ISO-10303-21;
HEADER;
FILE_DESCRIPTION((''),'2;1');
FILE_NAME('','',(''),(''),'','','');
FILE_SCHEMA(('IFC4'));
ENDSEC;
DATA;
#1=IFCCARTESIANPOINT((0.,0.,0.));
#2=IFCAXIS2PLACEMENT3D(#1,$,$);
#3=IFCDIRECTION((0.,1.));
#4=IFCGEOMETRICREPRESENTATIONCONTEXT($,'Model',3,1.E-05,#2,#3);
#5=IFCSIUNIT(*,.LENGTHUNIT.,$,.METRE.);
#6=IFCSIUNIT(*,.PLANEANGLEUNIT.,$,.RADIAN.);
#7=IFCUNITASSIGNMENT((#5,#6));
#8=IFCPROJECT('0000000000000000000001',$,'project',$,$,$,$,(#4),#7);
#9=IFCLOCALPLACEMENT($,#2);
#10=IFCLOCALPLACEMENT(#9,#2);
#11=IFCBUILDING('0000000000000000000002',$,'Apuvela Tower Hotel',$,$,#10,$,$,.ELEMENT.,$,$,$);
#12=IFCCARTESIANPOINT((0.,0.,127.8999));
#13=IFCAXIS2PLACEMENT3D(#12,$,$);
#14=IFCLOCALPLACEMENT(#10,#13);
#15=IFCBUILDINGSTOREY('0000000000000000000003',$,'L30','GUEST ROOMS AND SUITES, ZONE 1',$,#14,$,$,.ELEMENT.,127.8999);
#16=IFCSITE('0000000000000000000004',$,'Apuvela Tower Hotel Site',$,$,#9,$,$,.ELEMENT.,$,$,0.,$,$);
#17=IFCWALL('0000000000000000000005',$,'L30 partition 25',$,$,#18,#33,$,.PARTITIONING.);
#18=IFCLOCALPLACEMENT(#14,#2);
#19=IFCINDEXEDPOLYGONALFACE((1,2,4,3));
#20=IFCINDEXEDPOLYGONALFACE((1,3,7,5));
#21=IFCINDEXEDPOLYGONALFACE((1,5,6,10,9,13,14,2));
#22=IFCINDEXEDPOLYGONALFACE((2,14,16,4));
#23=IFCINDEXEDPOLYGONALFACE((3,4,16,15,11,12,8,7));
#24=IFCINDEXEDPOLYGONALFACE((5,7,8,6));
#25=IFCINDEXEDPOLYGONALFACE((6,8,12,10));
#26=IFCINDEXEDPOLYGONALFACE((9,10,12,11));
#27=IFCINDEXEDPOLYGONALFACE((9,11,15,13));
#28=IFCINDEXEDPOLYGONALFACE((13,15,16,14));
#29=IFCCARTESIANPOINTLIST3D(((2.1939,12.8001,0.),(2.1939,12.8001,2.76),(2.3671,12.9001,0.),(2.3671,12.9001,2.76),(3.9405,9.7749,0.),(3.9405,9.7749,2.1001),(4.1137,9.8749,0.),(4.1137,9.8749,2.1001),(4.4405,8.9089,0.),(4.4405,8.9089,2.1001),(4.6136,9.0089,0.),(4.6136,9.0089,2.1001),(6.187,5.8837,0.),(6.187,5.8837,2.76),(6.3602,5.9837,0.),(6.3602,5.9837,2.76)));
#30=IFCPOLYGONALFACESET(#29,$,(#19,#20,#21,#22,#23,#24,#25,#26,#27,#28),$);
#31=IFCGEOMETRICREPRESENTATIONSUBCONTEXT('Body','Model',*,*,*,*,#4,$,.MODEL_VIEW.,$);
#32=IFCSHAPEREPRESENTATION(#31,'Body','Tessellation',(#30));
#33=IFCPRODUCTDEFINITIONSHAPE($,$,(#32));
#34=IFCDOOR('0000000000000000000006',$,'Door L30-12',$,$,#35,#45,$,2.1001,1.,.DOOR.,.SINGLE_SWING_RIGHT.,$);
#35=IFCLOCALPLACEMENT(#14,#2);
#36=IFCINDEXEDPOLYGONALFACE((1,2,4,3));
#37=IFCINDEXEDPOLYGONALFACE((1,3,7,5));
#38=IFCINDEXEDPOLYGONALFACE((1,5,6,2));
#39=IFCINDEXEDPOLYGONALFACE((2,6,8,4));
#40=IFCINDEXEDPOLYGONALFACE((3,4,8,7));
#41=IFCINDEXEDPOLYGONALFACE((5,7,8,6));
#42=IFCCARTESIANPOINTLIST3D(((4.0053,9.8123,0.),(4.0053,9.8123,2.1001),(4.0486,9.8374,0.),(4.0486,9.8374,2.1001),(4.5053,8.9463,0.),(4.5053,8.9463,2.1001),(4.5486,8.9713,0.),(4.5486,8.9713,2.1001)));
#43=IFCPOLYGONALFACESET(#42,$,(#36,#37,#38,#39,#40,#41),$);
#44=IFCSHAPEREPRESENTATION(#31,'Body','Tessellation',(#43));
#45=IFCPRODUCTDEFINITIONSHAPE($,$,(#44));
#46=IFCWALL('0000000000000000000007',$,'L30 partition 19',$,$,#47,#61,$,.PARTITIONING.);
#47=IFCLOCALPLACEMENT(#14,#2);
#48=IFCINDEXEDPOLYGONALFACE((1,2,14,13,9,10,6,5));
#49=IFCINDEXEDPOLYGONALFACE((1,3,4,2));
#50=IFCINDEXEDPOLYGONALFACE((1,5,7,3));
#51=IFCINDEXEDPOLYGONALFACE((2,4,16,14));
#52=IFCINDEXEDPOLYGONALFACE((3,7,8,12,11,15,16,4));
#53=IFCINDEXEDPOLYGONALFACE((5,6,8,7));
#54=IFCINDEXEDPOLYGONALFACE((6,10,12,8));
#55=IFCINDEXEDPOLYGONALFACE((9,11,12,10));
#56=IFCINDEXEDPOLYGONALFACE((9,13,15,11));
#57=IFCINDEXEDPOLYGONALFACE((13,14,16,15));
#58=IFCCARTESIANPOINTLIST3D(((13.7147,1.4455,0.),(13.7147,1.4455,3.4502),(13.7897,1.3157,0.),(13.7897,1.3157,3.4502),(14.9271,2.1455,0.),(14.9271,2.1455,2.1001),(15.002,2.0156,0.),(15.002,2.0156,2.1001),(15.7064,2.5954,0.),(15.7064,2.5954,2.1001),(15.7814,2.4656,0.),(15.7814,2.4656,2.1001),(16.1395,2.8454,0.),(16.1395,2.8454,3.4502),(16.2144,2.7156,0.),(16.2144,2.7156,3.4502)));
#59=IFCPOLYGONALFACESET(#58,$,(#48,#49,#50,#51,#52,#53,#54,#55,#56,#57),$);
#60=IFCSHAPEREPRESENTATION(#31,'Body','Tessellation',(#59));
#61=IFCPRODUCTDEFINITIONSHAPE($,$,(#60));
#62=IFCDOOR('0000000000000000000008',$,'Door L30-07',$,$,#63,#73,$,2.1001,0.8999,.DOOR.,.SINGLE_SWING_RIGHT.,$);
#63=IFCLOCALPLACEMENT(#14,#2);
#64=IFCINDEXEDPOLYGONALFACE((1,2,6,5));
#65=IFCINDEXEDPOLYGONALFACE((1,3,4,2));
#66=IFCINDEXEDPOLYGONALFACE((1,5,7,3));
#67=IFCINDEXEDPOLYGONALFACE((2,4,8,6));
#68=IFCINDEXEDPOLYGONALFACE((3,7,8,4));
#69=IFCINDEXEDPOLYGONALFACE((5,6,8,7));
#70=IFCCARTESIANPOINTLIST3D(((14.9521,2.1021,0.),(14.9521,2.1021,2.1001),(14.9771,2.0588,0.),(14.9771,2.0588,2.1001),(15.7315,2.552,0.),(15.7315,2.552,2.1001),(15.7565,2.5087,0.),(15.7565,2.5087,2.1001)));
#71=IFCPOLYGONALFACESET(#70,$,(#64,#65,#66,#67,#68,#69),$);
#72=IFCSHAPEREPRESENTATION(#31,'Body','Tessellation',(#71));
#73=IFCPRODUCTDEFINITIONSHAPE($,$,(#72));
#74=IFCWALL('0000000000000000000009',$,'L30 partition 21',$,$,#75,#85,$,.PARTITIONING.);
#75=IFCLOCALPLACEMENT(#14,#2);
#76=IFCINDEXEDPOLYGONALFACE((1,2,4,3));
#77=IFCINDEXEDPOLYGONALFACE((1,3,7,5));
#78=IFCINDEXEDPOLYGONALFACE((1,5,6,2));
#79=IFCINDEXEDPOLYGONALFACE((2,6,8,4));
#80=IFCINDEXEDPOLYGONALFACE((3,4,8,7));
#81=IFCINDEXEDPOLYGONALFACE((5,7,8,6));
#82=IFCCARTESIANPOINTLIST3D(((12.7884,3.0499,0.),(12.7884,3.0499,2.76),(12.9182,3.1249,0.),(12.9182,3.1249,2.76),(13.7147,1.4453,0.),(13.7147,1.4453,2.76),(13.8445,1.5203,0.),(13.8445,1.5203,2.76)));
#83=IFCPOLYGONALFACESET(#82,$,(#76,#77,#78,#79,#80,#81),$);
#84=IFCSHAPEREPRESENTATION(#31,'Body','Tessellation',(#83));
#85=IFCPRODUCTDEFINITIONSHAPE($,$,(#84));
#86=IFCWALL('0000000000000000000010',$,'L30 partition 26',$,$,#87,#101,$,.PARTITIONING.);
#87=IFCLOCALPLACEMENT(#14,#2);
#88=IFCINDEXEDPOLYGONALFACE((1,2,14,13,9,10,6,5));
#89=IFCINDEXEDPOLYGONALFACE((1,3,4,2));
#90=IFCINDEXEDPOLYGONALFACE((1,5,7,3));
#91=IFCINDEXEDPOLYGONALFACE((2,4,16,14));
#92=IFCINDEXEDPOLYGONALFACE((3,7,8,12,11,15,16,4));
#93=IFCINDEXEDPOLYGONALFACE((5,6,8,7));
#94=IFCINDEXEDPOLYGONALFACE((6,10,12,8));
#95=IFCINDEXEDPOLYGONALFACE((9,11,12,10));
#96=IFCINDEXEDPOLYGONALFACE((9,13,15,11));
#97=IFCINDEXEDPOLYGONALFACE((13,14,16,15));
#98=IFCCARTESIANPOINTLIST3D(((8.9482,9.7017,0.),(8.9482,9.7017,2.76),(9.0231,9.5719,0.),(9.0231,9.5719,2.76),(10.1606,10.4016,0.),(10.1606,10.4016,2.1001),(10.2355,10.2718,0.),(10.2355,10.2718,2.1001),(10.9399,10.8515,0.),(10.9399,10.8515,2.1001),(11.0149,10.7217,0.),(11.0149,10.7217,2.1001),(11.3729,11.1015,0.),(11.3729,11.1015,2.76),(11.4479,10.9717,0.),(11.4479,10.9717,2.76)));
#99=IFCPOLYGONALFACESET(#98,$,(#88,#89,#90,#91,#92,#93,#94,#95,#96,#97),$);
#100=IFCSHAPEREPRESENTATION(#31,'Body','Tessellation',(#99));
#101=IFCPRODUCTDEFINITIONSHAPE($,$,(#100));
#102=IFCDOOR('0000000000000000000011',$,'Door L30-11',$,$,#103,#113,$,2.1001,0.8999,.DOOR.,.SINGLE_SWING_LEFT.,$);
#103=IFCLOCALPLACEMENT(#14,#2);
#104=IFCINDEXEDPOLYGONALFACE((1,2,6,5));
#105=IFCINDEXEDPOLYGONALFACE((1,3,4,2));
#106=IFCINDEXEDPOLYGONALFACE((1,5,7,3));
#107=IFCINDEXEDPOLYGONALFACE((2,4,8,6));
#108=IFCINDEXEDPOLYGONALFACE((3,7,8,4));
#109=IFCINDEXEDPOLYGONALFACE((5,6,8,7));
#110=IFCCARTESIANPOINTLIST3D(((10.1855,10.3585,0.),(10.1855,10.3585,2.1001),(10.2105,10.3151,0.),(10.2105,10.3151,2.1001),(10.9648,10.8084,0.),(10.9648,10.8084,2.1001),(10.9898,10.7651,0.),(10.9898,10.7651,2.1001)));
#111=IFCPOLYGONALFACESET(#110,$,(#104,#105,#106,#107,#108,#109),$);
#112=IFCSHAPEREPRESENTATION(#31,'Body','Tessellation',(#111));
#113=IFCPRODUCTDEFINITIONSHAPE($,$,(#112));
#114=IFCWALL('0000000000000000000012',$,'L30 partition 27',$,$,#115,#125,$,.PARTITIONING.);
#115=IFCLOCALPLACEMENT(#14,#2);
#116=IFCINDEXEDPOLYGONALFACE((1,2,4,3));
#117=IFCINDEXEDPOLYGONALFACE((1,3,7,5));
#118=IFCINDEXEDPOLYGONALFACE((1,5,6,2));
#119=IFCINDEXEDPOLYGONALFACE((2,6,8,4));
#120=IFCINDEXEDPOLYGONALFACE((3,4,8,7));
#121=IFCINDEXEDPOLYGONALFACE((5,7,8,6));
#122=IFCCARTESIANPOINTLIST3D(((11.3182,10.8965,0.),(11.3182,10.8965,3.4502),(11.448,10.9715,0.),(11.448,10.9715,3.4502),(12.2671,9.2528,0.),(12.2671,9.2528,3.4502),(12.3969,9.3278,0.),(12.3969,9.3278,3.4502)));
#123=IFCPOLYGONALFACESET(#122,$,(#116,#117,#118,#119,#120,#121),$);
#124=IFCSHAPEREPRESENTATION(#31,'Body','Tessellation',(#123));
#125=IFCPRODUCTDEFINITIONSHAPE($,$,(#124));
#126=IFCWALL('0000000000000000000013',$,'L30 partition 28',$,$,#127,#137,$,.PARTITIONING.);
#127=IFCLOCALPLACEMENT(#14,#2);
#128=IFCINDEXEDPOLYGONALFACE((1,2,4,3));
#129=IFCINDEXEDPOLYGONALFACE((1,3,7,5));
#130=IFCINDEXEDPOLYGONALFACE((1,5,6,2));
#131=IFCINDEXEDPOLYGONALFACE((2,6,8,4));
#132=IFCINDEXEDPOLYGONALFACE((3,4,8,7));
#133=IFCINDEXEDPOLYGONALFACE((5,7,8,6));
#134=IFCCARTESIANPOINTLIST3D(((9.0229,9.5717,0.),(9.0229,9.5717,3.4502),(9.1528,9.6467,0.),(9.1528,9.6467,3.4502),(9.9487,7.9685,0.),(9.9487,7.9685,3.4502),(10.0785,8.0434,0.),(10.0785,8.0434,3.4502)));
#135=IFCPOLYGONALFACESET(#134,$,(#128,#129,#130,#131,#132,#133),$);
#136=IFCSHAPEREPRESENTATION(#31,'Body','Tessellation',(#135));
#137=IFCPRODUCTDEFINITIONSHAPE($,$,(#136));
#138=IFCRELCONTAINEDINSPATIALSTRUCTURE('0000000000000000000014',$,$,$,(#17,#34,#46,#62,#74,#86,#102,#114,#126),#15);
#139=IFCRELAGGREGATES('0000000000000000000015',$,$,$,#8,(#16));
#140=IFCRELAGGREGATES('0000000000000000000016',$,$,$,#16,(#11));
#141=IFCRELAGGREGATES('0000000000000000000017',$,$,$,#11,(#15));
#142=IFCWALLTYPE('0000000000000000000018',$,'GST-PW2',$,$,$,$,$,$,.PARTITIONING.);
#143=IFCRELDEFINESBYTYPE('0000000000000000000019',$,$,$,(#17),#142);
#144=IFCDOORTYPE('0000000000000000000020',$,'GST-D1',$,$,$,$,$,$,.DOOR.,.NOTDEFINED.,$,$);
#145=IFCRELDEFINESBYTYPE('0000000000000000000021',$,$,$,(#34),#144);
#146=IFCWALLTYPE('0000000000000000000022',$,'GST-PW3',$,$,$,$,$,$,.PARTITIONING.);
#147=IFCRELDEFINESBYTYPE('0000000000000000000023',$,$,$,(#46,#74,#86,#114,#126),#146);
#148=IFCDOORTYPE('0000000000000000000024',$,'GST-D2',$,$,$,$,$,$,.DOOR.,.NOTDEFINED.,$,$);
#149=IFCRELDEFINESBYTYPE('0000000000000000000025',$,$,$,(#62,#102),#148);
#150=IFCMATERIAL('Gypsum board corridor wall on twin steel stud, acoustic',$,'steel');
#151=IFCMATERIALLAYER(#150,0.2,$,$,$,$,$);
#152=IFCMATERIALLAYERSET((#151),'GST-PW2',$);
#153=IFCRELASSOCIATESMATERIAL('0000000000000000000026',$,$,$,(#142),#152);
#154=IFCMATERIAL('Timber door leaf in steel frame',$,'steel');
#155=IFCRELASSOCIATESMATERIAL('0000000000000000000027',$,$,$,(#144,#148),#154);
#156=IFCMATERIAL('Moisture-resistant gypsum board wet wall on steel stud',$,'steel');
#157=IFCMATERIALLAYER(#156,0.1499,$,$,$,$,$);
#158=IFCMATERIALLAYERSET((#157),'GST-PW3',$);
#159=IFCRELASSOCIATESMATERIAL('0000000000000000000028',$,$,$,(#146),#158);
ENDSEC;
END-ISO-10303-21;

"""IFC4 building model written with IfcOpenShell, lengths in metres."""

from ifc_helpers import new_model, si_unit, direction, frame, frame_2d, origin, place, context, subcontext, project, spatial, rectangle, extrude, material, layer, layer_set, type_object, element, fill, save


model = new_model("IFC4")

# Units and contexts
model_context = context("Model", 3, precision=1e-05, world=origin(), true_north=direction((0.0, 1.0)))
body_context = subcontext(model_context, "Body", "Model", "MODEL_VIEW")
ifc_project = project(units=[si_unit("LENGTHUNIT", "METRE"), si_unit("PLANEANGLEUNIT", "RADIAN")], contexts=[model_context])

# Site, building, storey
site_placement = place(None, origin())
site = spatial("IfcSite", under=ifc_project, at=site_placement, Name="Apuvela Tower Hotel Site", CompositionType="ELEMENT", RefElevation=0.0)
building_placement = place(site_placement, origin())
building = spatial("IfcBuilding", under=site, at=building_placement, Name="Apuvela Tower Hotel", CompositionType="ELEMENT")
storey_placement = place(building_placement, frame((0.0, 0.0, 127.8999)))
storey = spatial("IfcBuildingStorey", under=building, at=storey_placement, Name="L30", Description="GUEST ROOMS AND SUITES, ZONE 1", CompositionType="ELEMENT", Elevation=127.8999)

# Walls, openings, doors
ifc_material_1 = material(Name="Gypsum board corridor wall on twin steel stud, acoustic", Category="steel")
ifc_layer_1 = layer(ifc_material_1, 0.2)
ifc_layer_set_1 = layer_set([ifc_layer_1], Name="GST-PW2")
wall_type_1 = type_object("IfcWallType", Name="GST-PW2", PredefinedType="PARTITIONING", material=ifc_layer_set_1)
ifc_material_2 = material(Name="Timber door leaf in steel frame", Category="steel")
door_type_1 = type_object("IfcDoorType", Name="GST-D1", OperationType="NOTDEFINED", PredefinedType="DOOR", material=ifc_material_2)
door_type_2 = type_object("IfcDoorType", Name="GST-D2", OperationType="NOTDEFINED", PredefinedType="DOOR", material=ifc_material_2)
wall_1_placement = place(storey_placement, frame((2.2805, 12.8501, 0.0), z_axis=(0.0, 0.0, 1.0), x_axis=(0.499992, -0.86603, 0.0)))
wall_1 = element("IfcWall", 1, at=wall_1_placement, inside=storey, type_object=wall_type_1, Name="L30 partition 25", PredefinedType="PARTITIONING", context=body_context, shape_type="SweptSolid", body=[
    extrude(rectangle(XDim=7.9863, YDim=0.2, at=frame_2d((3.9932, 0.0))), origin(), (0.0, 0.0, 1.0), 2.76),
])
opening_1_placement = place(wall_1_placement, frame((3.4932, 0.0, 0.0)))
opening_1 = element("IfcOpeningElement", 2, at=opening_1_placement, cuts=wall_1, PredefinedType="OPENING", context=body_context, shape_type="SweptSolid", body=[
    extrude(rectangle(XDim=1.0, YDim=2.1001, at=frame_2d((0.5, 1.05))), frame((0.0, 0.1099, 0.0), z_axis=(0.0, -1.0, 0.0), x_axis=(1.0, 0.0, 0.0)), (0.0, 0.0, 1.0), 0.22),
])
door_1_placement = place(opening_1_placement, origin())
door_1 = element("IfcDoor", 3, at=door_1_placement, inside=storey, type_object=door_type_1, Name="Door L30-12", OperationType="SINGLE_SWING_RIGHT", OverallHeight=2.1001, OverallWidth=1.0, PredefinedType="DOOR", context=body_context, shape_type="SweptSolid", body=[
    extrude(rectangle(XDim=1.0, YDim=2.1001, at=frame_2d((0.5, 1.05))), frame((0.0, 0.0249, 0.0), z_axis=(0.0, -1.0, 0.0), x_axis=(1.0, 0.0, 0.0)), (0.0, 0.0, 1.0), 0.05),
])
fill(opening_1, door_1)
ifc_material_3 = material(Name="Moisture-resistant gypsum board wet wall on steel stud", Category="steel")
ifc_layer_2 = layer(ifc_material_3, 0.1499)
ifc_layer_set_2 = layer_set([ifc_layer_2], Name="GST-PW3")
wall_type_2 = type_object("IfcWallType", Name="GST-PW3", PredefinedType="PARTITIONING", material=ifc_layer_set_2)
wall_2_placement = place(storey_placement, frame((13.7522, 1.3806, 0.0), z_axis=(0.0, 0.0, 1.0), x_axis=(0.866035, 0.499984, 0.0)))
wall_2 = element("IfcWall", 4, at=wall_2_placement, inside=storey, type_object=wall_type_2, Name="L30 partition 19", PredefinedType="PARTITIONING", context=body_context, shape_type="SweptSolid", body=[
    extrude(rectangle(XDim=2.7998, YDim=0.1499, at=frame_2d((1.3999, 0.0))), origin(), (0.0, 0.0, 1.0), 3.4502),
])
opening_2_placement = place(wall_2_placement, frame((1.3999, 0.0, 0.0)))
opening_2 = element("IfcOpeningElement", 5, at=opening_2_placement, cuts=wall_2, PredefinedType="OPENING", context=body_context, shape_type="SweptSolid", body=[
    extrude(rectangle(XDim=0.8999, YDim=2.1001, at=frame_2d((0.45, 1.05))), frame((0.0, 0.085, 0.0), z_axis=(0.0, -1.0, 0.0), x_axis=(1.0, 0.0, 0.0)), (0.0, 0.0, 1.0), 0.1699),
])
door_2_placement = place(opening_2_placement, origin())
door_2 = element("IfcDoor", 6, at=door_2_placement, inside=storey, type_object=door_type_2, Name="Door L30-07", OperationType="SINGLE_SWING_RIGHT", OverallHeight=2.1001, OverallWidth=0.8999, PredefinedType="DOOR", context=body_context, shape_type="SweptSolid", body=[
    extrude(rectangle(XDim=0.8999, YDim=2.1001, at=frame_2d((0.45, 1.05))), frame((0.0, 0.0249, 0.0), z_axis=(0.0, -1.0, 0.0), x_axis=(1.0, 0.0, 0.0)), (0.0, 0.0, 1.0), 0.05),
])
fill(opening_2, door_2)

# Wall
wall_3_placement = place(storey_placement, frame((13.7795, 1.4829, 0.0), z_axis=(0.0, 0.0, 1.0), x_axis=(-0.499966, 0.866045, 0.0)))
element("IfcWall", 7, at=wall_3_placement, inside=storey, type_object=wall_type_2, Name="L30 partition 21", PredefinedType="PARTITIONING", context=body_context, shape_type="SweptSolid", body=[
    extrude(rectangle(XDim=1.8528, YDim=0.1499, at=frame_2d((0.9263, 0.0))), origin(), (0.0, 0.0, 1.0), 2.76),
])

# Wall, opening, door
wall_4_placement = place(storey_placement, frame((11.4104, 11.0366, 0.0), z_axis=(0.0, 0.0, 1.0), x_axis=(-0.866035, -0.499984, 0.0)))
wall_4 = element("IfcWall", 8, at=wall_4_placement, inside=storey, type_object=wall_type_2, Name="L30 partition 26", PredefinedType="PARTITIONING", context=body_context, shape_type="SweptSolid", body=[
    extrude(rectangle(XDim=2.7998, YDim=0.1499, at=frame_2d((1.3999, 0.0))), origin(), (0.0, 0.0, 1.0), 2.76),
])
opening_3_placement = place(wall_4_placement, frame((0.5, 0.0, 0.0)))
opening_3 = element("IfcOpeningElement", 9, at=opening_3_placement, cuts=wall_4, PredefinedType="OPENING", context=body_context, shape_type="SweptSolid", body=[
    extrude(rectangle(XDim=0.8999, YDim=2.1001, at=frame_2d((0.45, 1.05))), frame((0.0, 0.085, 0.0), z_axis=(0.0, -1.0, 0.0), x_axis=(1.0, 0.0, 0.0)), (0.0, 0.0, 1.0), 0.1699),
])
door_3_placement = place(opening_3_placement, origin())
door_3 = element("IfcDoor", 10, at=door_3_placement, inside=storey, type_object=door_type_2, Name="Door L30-11", OperationType="SINGLE_SWING_LEFT", OverallHeight=2.1001, OverallWidth=0.8999, PredefinedType="DOOR", context=body_context, shape_type="SweptSolid", body=[
    extrude(rectangle(XDim=0.8999, YDim=2.1001, at=frame_2d((0.45, 1.05))), frame((0.0, 0.0249, 0.0), z_axis=(0.0, -1.0, 0.0), x_axis=(1.0, 0.0, 0.0)), (0.0, 0.0, 1.0), 0.05),
])
fill(opening_3, door_3)

# Walls
wall_5_placement = place(storey_placement, frame((12.332, 9.2903, 0.0), z_axis=(0.0, 0.0, 1.0), x_axis=(-0.499971, 0.866042, 0.0)))
element("IfcWall", 11, at=wall_5_placement, inside=storey, type_object=wall_type_2, Name="L30 partition 27", PredefinedType="PARTITIONING", context=body_context, shape_type="SweptSolid", body=[
    extrude(rectangle(XDim=1.8979, YDim=0.1499, at=frame_2d((0.949, 0.0))), origin(), (0.0, 0.0, 1.0), 3.4502),
])
wall_6_placement = place(storey_placement, frame((10.0137, 8.0059, 0.0), z_axis=(0.0, 0.0, 1.0), x_axis=(-0.500053, 0.865995, 0.0)))
element("IfcWall", 12, at=wall_6_placement, inside=storey, type_object=wall_type_2, Name="L30 partition 28", PredefinedType="PARTITIONING", context=body_context, shape_type="SweptSolid", body=[
    extrude(rectangle(XDim=1.8513, YDim=0.1499, at=frame_2d((0.9258, 0.0))), origin(), (0.0, 0.0, 1.0), 3.4502),
])

save(model, "model.ifc")
